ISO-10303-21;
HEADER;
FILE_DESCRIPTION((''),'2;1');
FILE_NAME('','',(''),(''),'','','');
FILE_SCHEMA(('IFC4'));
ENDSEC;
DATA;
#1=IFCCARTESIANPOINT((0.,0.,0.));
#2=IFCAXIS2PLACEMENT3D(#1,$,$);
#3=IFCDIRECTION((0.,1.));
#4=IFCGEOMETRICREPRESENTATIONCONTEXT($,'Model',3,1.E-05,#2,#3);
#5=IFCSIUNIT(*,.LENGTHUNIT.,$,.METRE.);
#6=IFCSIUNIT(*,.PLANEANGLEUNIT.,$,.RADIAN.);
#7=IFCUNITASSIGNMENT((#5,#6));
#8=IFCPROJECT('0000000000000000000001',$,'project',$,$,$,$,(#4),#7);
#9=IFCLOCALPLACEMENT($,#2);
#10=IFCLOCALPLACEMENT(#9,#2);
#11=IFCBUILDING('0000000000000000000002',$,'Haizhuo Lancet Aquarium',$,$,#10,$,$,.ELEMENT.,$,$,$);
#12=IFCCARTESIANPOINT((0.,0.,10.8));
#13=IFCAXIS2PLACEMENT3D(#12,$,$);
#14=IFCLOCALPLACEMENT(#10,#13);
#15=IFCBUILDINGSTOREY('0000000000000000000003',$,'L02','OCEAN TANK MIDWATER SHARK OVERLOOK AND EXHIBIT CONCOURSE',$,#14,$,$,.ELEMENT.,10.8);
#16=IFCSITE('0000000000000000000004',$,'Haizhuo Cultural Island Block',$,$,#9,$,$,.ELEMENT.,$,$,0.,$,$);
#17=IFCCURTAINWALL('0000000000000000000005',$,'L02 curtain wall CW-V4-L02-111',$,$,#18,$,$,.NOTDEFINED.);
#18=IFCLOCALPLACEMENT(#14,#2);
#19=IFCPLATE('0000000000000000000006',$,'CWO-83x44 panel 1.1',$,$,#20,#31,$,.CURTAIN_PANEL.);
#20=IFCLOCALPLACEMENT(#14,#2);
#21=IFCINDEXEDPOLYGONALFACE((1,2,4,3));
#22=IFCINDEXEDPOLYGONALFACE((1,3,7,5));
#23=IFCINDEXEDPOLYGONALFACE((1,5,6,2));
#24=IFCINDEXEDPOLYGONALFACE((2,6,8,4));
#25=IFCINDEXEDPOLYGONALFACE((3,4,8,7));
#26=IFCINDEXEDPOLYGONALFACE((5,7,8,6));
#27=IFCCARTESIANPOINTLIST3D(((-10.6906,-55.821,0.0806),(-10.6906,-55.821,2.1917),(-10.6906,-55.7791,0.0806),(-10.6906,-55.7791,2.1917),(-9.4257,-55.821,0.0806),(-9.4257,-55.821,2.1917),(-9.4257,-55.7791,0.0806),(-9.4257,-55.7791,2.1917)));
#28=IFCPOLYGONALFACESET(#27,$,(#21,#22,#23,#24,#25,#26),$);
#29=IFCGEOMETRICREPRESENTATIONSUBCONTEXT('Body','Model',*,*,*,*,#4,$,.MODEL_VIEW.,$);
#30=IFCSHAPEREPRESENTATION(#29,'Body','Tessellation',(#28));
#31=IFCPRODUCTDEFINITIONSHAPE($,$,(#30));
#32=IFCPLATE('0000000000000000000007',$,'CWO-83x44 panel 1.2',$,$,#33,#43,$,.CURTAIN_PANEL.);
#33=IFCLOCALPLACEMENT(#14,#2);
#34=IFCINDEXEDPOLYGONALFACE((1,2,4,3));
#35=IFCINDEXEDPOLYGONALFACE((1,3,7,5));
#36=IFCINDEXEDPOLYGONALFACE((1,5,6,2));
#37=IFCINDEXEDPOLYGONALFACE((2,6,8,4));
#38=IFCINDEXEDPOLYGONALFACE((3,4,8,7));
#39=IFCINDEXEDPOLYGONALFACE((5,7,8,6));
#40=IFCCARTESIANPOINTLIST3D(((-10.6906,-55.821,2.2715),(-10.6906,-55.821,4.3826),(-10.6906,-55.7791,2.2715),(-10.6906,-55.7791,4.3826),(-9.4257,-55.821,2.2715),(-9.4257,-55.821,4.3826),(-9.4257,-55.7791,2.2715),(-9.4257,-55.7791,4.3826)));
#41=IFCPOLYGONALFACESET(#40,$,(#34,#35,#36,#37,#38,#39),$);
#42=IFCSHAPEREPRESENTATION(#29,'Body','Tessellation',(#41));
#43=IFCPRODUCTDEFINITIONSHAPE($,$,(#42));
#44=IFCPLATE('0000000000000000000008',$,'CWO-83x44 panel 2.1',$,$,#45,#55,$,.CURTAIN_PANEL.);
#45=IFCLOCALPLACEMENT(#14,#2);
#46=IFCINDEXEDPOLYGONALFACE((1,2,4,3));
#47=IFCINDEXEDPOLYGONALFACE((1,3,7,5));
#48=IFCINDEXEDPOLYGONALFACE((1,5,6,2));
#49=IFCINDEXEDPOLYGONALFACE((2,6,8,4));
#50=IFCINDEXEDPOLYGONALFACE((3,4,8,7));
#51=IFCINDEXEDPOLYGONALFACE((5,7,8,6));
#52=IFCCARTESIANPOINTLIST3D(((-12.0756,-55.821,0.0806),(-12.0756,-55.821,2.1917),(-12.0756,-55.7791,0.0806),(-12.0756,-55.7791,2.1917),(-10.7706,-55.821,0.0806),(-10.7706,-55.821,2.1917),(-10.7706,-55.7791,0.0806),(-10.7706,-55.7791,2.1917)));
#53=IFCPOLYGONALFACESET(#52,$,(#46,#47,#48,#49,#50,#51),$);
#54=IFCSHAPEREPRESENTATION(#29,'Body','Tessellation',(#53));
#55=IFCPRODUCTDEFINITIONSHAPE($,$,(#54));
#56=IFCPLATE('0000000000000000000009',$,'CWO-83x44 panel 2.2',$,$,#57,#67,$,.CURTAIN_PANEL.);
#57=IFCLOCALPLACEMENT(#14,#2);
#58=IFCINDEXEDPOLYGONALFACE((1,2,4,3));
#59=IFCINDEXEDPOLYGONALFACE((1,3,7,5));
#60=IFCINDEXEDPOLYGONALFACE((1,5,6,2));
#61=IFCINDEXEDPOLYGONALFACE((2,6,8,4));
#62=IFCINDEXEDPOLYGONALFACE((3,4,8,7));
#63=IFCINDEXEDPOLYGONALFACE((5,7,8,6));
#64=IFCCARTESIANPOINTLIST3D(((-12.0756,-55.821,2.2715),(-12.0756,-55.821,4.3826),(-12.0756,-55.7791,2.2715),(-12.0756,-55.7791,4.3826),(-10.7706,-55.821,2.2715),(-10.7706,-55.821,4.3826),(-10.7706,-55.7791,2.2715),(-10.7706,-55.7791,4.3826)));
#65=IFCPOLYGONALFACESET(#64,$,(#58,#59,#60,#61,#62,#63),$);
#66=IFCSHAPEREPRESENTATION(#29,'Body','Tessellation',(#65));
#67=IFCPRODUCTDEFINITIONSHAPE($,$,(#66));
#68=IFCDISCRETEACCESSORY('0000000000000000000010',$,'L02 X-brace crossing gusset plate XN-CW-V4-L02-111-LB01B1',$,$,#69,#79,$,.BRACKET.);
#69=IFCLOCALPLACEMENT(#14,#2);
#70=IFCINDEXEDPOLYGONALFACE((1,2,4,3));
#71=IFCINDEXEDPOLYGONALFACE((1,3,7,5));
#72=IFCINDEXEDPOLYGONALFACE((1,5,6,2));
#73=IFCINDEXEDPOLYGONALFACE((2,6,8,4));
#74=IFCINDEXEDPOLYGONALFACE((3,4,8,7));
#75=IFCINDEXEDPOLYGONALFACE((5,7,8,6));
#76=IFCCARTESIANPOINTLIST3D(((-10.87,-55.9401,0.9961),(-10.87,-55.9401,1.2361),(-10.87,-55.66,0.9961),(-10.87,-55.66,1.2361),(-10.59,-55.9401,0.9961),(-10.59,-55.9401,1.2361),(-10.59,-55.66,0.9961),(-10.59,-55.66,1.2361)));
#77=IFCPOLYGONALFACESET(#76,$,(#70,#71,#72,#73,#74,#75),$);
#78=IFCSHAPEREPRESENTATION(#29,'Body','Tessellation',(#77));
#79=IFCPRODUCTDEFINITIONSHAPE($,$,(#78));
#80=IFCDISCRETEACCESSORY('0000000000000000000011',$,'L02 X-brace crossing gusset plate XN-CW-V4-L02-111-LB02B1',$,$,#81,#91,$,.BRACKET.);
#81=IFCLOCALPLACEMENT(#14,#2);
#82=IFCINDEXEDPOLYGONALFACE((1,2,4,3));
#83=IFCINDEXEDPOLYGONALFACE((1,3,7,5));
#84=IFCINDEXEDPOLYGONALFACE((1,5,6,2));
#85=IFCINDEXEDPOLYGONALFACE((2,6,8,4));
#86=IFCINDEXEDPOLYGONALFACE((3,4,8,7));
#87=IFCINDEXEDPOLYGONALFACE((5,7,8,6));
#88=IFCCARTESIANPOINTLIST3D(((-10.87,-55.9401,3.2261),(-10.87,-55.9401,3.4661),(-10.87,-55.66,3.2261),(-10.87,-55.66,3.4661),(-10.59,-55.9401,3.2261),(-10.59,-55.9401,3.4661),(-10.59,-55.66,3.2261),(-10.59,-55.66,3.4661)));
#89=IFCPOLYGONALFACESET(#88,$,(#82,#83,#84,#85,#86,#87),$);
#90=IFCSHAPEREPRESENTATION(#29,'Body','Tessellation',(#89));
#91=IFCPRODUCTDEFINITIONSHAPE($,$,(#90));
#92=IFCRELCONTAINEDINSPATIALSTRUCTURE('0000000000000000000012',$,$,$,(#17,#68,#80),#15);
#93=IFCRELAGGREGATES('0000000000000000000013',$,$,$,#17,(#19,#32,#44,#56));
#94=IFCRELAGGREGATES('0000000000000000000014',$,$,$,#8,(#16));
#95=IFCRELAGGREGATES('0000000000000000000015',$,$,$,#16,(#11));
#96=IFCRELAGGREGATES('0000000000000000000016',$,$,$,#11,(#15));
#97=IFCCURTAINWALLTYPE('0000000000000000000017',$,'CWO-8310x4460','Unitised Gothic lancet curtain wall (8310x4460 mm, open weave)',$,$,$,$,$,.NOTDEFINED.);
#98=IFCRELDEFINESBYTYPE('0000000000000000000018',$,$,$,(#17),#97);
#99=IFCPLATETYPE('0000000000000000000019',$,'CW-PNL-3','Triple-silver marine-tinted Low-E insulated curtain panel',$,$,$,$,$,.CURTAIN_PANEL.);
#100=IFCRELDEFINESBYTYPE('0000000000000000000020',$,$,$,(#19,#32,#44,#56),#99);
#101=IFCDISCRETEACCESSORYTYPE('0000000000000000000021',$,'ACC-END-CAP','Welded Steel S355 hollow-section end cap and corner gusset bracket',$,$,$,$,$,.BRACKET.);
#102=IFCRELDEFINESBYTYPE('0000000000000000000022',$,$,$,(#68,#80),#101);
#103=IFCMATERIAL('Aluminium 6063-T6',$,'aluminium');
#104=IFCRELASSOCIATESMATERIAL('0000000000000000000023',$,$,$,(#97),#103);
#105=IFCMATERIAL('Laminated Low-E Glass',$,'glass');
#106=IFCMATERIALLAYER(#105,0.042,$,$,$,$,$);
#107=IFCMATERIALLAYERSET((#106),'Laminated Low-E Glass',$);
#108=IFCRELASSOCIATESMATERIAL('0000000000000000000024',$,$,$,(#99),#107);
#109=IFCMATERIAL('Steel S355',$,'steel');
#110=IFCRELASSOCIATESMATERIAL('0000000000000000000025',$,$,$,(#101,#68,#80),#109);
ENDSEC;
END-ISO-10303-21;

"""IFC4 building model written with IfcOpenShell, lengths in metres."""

from ifc_helpers import new_model, si_unit, direction, frame, origin, origin_2d, place, context, subcontext, project, spatial, rectangle, extrude, material, layer, layer_set, type_object, element, aggregate, save


model = new_model("IFC4")

# Units and contexts
model_context = context("Model", 3, precision=1e-05, world=origin(), true_north=direction((0.0, 1.0)))
body_context = subcontext(model_context, "Body", "Model", "MODEL_VIEW")
ifc_project = project(units=[si_unit("LENGTHUNIT", "METRE"), si_unit("PLANEANGLEUNIT", "RADIAN")], contexts=[model_context])

# Site, building, storey
site_placement = place(None, origin())
site = spatial("IfcSite", under=ifc_project, at=site_placement, Name="Haizhuo Cultural Island Block", CompositionType="ELEMENT", RefElevation=0.0)
building_placement = place(site_placement, origin())
building = spatial("IfcBuilding", under=site, at=building_placement, Name="Haizhuo Lancet Aquarium", CompositionType="ELEMENT")
storey_placement = place(building_placement, frame((0.0, 0.0, 10.8)))
storey = spatial("IfcBuildingStorey", under=building, at=storey_placement, Name="L02", Description="OCEAN TANK MIDWATER SHARK OVERLOOK AND EXHIBIT CONCOURSE", CompositionType="ELEMENT", Elevation=10.8)

# Shared definitions
ifc_material_1 = material(Name="Steel S355", Category="steel")

# Curtain wall
ifc_material_2 = material(Name="Aluminium 6063-T6", Category="aluminium")
curtain_wall_type = type_object("IfcCurtainWallType", Name="CWO-8310x4460", Description="Unitised Gothic lancet curtain wall (8310x4460 mm, open weave)", PredefinedType="NOTDEFINED", material=ifc_material_2)
curtain_wall_placement = place(storey_placement, origin())
curtain_wall = element("IfcCurtainWall", 1, at=curtain_wall_placement, inside=storey, type_object=curtain_wall_type, Name="L02 curtain wall CW-V4-L02-111", PredefinedType="NOTDEFINED")

# Plates
ifc_material_3 = material(Name="Laminated Low-E Glass", Category="glass")
ifc_layer = layer(ifc_material_3, 0.042)
ifc_layer_set = layer_set([ifc_layer], Name="Laminated Low-E Glass")
plate_type = type_object("IfcPlateType", Name="CW-PNL-3", Description="Triple-silver marine-tinted Low-E insulated curtain panel", PredefinedType="CURTAIN_PANEL", material=ifc_layer_set)
plate_1_placement = place(storey_placement, frame((-10.0581, -55.8, 0.0806), z_axis=(0.0, 0.0, 1.0), x_axis=(-1.0, 0.0, 0.0)))
plate_1 = element("IfcPlate", 2, at=plate_1_placement, type_object=plate_type, Name="CWO-83x44 panel 1.1", PredefinedType="CURTAIN_PANEL", context=body_context, shape_type="SweptSolid", body=[
    extrude(rectangle(XDim=1.2649, YDim=0.042, at=origin_2d()), origin(), (0.0, 0.0, 1.0), 2.1111),
])
plate_2_placement = place(storey_placement, frame((-10.0581, -55.8, 2.2715), z_axis=(0.0, 0.0, 1.0), x_axis=(-1.0, 0.0, 0.0)))
plate_2 = element("IfcPlate", 3, at=plate_2_placement, type_object=plate_type, Name="CWO-83x44 panel 1.2", PredefinedType="CURTAIN_PANEL", context=body_context, shape_type="SweptSolid", body=[
    extrude(rectangle(XDim=1.2649, YDim=0.042, at=origin_2d()), origin(), (0.0, 0.0, 1.0), 2.1111),
])
plate_3_placement = place(storey_placement, frame((-11.4231, -55.8, 0.0806), z_axis=(0.0, 0.0, 1.0), x_axis=(-1.0, 0.0, 0.0)))
plate_3 = element("IfcPlate", 4, at=plate_3_placement, type_object=plate_type, Name="CWO-83x44 panel 2.1", PredefinedType="CURTAIN_PANEL", context=body_context, shape_type="SweptSolid", body=[
    extrude(rectangle(XDim=1.3049, YDim=0.042, at=origin_2d()), origin(), (0.0, 0.0, 1.0), 2.1111),
])
plate_4_placement = place(storey_placement, frame((-11.4231, -55.8, 2.2715), z_axis=(0.0, 0.0, 1.0), x_axis=(-1.0, 0.0, 0.0)))
plate_4 = element("IfcPlate", 5, at=plate_4_placement, type_object=plate_type, Name="CWO-83x44 panel 2.2", PredefinedType="CURTAIN_PANEL", context=body_context, shape_type="SweptSolid", body=[
    extrude(rectangle(XDim=1.3049, YDim=0.042, at=origin_2d()), origin(), (0.0, 0.0, 1.0), 2.1111),
])
aggregate(curtain_wall, [plate_1, plate_2, plate_3, plate_4])

# Discrete accessories
discrete_accessory_type = type_object("IfcDiscreteAccessoryType", Name="ACC-END-CAP", Description="Welded Steel S355 hollow-section end cap and corner gusset bracket", PredefinedType="BRACKET", material=ifc_material_1)
for number, where, z_axis, x_axis, name in (
    (6, (-10.73, -55.8, 0.9961), (0.0, 0.0, 1.0), (1.0, 0.0, 0.0), "L02 X-brace crossing gusset plate XN-CW-V4-L02-111-LB01B1"),
    (7, (-10.73, -55.8, 3.2261), (0.0, 0.0, 1.0), (1.0, 0.0, 0.0), "L02 X-brace crossing gusset plate XN-CW-V4-L02-111-LB02B1"),
):
    element("IfcDiscreteAccessory", number, at=place(storey_placement, frame(where, z_axis=z_axis, x_axis=x_axis)), inside=storey, type_object=discrete_accessory_type, material=ifc_material_1, Name=name, PredefinedType="BRACKET", context=body_context, shape_type="SweptSolid", body=[
        extrude(rectangle(XDim=0.28, YDim=0.28, at=origin_2d()), origin(), (0.0, 0.0, 1.0), 0.24),
    ])

save(model, "model.ifc")
